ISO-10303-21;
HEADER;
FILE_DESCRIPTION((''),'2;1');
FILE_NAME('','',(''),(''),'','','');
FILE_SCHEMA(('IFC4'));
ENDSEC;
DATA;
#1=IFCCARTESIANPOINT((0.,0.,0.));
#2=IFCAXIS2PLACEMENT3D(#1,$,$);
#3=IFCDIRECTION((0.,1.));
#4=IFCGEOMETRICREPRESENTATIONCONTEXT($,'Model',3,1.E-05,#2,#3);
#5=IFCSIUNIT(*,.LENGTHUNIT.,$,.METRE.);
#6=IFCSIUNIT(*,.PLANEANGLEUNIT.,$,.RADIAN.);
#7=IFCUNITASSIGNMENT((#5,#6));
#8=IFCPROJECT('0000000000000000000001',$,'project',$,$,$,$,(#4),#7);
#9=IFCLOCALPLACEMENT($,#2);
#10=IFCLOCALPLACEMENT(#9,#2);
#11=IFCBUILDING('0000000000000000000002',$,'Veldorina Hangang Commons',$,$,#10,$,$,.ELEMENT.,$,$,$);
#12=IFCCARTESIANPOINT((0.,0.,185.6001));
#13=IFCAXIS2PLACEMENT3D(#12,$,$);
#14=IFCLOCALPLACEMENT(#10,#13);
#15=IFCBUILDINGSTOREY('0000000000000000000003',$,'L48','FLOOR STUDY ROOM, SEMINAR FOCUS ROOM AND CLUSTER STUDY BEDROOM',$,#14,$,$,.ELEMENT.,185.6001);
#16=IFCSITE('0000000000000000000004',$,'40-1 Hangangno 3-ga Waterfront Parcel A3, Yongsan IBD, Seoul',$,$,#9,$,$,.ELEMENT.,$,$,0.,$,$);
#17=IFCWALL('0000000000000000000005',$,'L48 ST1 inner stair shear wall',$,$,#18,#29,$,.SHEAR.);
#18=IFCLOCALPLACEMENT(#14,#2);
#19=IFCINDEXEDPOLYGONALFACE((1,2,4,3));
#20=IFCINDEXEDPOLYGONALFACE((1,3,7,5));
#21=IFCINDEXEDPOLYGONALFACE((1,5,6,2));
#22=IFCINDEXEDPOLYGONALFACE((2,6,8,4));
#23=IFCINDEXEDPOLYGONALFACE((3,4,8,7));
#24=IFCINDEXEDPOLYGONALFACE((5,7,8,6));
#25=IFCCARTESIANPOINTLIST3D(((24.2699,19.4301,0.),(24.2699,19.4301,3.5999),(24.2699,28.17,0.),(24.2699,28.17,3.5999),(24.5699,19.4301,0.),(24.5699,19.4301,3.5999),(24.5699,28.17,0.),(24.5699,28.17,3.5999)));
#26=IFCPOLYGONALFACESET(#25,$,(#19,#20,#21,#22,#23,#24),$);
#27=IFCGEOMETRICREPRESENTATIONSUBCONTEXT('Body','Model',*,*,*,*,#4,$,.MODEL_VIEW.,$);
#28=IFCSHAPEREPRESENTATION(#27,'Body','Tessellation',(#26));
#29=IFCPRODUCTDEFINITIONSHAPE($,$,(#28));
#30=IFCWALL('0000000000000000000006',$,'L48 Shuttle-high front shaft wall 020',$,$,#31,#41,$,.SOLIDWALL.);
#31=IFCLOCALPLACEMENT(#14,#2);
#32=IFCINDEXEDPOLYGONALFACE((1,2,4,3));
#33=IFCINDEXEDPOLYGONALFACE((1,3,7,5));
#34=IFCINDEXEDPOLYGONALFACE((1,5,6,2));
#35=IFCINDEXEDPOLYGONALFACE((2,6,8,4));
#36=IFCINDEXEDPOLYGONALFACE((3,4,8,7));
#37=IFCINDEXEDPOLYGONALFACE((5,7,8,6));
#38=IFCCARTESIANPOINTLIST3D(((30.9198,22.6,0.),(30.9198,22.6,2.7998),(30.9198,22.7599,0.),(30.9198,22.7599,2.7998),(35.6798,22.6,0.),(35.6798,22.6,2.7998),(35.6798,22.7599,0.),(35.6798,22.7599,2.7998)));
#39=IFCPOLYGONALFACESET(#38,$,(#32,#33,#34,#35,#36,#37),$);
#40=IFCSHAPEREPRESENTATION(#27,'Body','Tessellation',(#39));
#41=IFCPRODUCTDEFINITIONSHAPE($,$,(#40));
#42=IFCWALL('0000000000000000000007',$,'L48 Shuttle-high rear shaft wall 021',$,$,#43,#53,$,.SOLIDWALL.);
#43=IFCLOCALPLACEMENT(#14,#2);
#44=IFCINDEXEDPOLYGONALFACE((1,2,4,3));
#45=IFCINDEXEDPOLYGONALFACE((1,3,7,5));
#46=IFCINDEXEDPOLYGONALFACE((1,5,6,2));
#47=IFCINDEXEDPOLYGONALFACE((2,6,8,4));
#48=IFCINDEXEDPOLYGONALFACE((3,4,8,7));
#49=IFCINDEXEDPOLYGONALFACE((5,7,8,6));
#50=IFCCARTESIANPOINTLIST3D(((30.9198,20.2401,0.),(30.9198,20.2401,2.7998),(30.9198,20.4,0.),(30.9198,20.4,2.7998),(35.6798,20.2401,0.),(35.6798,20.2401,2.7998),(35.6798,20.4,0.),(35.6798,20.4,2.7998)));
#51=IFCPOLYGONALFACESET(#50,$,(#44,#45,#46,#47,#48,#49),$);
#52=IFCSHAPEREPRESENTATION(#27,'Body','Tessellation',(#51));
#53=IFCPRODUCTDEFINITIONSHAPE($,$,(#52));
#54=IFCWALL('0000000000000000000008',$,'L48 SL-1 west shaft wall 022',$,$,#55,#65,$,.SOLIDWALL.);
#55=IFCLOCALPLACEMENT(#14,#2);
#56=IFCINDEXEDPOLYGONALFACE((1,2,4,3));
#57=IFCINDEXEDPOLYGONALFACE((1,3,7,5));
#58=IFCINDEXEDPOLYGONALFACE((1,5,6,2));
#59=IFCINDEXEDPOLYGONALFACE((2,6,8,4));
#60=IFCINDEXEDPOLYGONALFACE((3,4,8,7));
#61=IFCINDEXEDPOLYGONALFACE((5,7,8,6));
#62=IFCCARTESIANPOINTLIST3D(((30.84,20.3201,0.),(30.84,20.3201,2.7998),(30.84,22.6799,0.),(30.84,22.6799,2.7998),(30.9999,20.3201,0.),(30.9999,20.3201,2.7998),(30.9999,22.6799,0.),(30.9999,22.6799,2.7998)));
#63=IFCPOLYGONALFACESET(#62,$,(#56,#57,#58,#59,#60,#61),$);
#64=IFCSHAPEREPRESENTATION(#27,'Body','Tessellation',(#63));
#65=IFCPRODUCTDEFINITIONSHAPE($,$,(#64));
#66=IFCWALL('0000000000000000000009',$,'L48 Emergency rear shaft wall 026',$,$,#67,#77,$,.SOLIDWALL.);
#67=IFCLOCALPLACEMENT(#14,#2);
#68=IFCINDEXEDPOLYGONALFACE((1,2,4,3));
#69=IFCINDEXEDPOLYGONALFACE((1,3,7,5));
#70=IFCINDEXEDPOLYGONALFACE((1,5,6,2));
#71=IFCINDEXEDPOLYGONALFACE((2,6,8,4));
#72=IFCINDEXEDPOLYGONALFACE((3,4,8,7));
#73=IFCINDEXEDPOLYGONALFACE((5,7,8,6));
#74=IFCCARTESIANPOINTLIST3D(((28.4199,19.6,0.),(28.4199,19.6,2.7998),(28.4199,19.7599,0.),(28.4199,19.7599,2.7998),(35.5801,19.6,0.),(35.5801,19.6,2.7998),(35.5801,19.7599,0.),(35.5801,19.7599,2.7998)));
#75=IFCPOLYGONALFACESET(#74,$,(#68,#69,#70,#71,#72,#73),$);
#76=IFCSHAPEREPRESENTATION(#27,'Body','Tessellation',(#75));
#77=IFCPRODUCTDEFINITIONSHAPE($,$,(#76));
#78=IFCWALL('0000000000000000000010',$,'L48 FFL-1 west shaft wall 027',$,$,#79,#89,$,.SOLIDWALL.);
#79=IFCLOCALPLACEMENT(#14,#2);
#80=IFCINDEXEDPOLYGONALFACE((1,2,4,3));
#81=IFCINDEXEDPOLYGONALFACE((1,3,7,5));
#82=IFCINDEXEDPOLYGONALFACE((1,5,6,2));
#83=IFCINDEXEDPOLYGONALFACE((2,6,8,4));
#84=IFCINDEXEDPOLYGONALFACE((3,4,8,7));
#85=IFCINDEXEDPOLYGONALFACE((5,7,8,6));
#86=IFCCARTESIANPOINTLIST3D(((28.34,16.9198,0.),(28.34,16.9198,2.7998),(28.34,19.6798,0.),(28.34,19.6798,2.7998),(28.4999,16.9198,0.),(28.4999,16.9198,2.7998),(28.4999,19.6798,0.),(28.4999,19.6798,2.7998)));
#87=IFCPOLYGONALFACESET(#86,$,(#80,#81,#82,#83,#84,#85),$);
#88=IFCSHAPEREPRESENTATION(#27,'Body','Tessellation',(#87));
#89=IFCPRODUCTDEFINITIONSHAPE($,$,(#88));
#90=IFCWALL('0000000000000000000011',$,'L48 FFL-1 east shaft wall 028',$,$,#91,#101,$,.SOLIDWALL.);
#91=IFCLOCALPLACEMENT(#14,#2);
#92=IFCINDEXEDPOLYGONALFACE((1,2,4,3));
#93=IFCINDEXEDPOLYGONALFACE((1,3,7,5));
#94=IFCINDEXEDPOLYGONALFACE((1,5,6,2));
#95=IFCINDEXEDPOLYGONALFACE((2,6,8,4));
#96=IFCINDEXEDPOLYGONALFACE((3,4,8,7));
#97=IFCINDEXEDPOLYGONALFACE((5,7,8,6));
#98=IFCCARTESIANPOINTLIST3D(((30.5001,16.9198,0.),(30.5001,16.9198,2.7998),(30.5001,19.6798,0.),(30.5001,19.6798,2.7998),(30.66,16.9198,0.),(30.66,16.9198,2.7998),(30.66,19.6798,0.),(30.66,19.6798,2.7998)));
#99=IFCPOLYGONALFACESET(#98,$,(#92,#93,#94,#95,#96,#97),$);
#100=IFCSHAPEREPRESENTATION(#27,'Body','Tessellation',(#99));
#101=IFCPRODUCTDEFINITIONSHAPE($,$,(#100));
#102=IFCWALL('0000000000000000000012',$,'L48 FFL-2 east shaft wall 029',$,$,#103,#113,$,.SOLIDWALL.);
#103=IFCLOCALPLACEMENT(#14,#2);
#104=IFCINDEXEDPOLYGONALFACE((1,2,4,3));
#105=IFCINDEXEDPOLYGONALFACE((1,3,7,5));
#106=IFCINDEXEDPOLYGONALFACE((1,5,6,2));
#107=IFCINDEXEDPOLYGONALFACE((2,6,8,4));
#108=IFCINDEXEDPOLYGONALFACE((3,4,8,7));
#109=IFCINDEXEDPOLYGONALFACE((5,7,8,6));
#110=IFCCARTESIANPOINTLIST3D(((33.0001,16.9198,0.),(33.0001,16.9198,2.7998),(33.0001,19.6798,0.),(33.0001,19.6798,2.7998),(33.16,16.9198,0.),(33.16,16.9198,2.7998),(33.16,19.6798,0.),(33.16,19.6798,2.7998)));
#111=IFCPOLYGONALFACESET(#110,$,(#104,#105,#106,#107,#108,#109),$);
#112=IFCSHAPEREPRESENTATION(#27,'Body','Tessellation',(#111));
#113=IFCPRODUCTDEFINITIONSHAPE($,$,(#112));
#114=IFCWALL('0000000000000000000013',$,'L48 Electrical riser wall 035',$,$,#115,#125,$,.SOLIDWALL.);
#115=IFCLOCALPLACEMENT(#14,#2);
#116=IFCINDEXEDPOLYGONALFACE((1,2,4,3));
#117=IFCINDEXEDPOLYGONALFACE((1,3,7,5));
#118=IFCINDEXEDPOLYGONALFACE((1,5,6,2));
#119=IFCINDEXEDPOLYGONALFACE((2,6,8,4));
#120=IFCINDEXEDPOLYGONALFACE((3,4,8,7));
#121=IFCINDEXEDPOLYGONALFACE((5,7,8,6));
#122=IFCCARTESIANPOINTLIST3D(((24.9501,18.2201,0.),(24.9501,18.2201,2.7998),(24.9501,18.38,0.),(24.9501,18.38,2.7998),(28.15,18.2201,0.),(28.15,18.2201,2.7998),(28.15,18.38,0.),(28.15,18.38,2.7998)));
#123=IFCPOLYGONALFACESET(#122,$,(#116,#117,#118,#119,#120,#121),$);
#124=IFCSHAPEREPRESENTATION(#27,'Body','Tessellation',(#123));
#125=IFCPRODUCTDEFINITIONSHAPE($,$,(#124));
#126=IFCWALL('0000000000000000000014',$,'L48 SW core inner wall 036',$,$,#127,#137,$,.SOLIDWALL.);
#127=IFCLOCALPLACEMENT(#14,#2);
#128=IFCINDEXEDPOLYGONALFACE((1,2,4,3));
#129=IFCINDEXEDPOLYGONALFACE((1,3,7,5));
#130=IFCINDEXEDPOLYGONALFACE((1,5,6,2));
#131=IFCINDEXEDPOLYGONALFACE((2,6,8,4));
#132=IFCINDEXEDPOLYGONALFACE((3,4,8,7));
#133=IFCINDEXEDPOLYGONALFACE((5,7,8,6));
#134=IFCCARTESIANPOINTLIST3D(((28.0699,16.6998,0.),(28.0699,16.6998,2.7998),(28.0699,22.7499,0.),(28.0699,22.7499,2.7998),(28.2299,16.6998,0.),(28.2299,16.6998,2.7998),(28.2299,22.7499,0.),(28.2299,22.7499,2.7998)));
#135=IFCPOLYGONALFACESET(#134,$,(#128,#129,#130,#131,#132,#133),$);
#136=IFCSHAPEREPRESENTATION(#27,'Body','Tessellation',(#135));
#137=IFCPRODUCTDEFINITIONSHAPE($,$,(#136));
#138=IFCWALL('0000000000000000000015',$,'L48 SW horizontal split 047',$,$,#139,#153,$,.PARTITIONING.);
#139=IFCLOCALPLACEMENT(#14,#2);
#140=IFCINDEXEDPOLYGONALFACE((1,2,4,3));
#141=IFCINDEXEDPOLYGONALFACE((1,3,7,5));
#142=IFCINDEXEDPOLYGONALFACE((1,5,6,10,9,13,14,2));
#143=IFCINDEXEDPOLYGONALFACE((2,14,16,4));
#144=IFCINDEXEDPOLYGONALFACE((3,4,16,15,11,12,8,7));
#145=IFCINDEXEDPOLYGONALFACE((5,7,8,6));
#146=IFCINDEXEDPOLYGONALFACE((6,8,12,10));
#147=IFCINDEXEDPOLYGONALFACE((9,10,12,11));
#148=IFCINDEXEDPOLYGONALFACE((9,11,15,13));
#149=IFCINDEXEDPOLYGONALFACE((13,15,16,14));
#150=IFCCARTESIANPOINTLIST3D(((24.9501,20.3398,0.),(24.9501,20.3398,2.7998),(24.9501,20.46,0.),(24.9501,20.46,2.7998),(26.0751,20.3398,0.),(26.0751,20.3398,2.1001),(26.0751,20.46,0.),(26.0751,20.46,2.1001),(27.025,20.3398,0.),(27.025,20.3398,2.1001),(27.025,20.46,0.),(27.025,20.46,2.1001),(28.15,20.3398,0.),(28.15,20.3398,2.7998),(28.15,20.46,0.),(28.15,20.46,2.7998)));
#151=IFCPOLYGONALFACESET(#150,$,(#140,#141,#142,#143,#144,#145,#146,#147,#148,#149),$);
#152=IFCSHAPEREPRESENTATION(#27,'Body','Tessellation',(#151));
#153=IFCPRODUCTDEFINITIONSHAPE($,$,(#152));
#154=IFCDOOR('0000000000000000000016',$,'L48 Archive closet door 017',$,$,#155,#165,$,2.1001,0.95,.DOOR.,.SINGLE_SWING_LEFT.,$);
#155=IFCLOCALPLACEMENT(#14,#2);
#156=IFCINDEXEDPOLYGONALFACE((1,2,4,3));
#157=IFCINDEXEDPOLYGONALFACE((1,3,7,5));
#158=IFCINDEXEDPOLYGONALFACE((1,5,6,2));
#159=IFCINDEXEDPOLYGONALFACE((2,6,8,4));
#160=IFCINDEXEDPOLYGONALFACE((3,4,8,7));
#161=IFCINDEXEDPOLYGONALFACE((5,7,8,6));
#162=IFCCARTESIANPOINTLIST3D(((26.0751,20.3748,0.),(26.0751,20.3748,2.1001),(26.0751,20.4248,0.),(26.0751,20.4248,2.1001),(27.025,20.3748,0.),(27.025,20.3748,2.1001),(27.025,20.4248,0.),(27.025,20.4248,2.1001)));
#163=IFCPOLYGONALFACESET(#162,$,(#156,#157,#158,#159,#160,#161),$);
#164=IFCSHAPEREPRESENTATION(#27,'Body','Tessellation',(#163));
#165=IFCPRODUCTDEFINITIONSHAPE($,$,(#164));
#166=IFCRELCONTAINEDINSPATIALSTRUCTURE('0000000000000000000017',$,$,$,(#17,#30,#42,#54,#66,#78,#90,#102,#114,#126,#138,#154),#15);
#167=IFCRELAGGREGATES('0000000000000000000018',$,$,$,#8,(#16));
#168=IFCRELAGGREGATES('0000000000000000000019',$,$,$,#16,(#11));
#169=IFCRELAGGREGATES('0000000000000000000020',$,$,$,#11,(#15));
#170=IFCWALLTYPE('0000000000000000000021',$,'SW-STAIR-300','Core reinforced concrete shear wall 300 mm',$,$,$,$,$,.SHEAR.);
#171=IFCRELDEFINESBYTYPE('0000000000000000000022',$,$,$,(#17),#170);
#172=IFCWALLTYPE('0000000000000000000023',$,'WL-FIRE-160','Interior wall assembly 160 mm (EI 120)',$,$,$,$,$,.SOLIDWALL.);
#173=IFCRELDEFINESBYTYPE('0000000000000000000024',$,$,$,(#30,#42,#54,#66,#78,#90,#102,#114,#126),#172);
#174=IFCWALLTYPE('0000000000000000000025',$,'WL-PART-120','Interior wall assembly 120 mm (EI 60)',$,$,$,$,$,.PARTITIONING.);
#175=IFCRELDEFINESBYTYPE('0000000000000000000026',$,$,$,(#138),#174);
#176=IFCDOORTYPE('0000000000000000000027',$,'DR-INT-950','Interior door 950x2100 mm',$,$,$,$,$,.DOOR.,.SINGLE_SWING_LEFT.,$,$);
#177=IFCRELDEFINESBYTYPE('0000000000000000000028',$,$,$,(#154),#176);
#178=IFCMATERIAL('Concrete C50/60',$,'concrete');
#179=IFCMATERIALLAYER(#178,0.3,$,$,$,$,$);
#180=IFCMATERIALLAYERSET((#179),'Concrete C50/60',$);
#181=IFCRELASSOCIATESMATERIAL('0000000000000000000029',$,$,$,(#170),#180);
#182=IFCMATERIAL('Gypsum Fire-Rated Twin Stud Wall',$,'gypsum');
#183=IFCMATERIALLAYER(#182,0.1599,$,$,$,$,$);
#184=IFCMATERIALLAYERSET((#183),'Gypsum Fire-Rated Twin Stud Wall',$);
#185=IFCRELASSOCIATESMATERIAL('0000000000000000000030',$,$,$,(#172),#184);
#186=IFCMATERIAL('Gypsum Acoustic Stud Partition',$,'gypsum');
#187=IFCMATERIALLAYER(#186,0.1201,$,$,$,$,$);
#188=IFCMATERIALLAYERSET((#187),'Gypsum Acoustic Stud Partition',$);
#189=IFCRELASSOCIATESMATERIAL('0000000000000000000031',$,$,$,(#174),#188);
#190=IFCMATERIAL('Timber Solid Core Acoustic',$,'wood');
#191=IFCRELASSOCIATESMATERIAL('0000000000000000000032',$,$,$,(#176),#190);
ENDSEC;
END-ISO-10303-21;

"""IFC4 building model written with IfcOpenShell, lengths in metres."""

from ifc_helpers import new_model, si_unit, direction, frame, frame_2d, origin, place, context, subcontext, project, spatial, rectangle, extrude, material, layer, layer_set, type_object, element, fill, save


model = new_model("IFC4")

# Units and contexts
model_context = context("Model", 3, precision=1e-05, world=origin(), true_north=direction((0.0, 1.0)))
body_context = subcontext(model_context, "Body", "Model", "MODEL_VIEW")
ifc_project = project(units=[si_unit("LENGTHUNIT", "METRE"), si_unit("PLANEANGLEUNIT", "RADIAN")], contexts=[model_context])

# Site, building, storey
site_placement = place(None, origin())
site = spatial("IfcSite", under=ifc_project, at=site_placement, Name="40-1 Hangangno 3-ga Waterfront Parcel A3, Yongsan IBD, Seoul", CompositionType="ELEMENT", RefElevation=0.0)
building_placement = place(site_placement, origin())
building = spatial("IfcBuilding", under=site, at=building_placement, Name="Veldorina Hangang Commons", CompositionType="ELEMENT")
storey_placement = place(building_placement, frame((0.0, 0.0, 185.6001)))
storey = spatial("IfcBuildingStorey", under=building, at=storey_placement, Name="L48", Description="FLOOR STUDY ROOM, SEMINAR FOCUS ROOM AND CLUSTER STUDY BEDROOM", CompositionType="ELEMENT", Elevation=185.6001)

# Walls
ifc_material_1 = material(Name="Concrete C50/60", Category="concrete")
ifc_layer_1 = layer(ifc_material_1, 0.3)
ifc_layer_set_1 = layer_set([ifc_layer_1], Name="Concrete C50/60")
wall_type_1 = type_object("IfcWallType", Name="SW-STAIR-300", Description="Core reinforced concrete shear wall 300 mm", PredefinedType="SHEAR", material=ifc_layer_set_1)
wall_1_placement = place(storey_placement, frame((24.4199, 19.4299, 0.0), z_axis=(0.0, 0.0, 1.0), x_axis=(0.0, 1.0, 0.0)))
element("IfcWall", 1, at=wall_1_placement, inside=storey, type_object=wall_type_1, Name="L48 ST1 inner stair shear wall", PredefinedType="SHEAR", context=body_context, shape_type="SweptSolid", body=[
    extrude(rectangle(XDim=8.74, YDim=0.3, at=frame_2d((4.3701, 0.0))), origin(), (0.0, 0.0, 1.0), 3.5999),
])
ifc_material_2 = material(Name="Gypsum Fire-Rated Twin Stud Wall", Category="gypsum")
ifc_layer_2 = layer(ifc_material_2, 0.1599)
ifc_layer_set_2 = layer_set([ifc_layer_2], Name="Gypsum Fire-Rated Twin Stud Wall")
wall_type_2 = type_object("IfcWallType", Name="WL-FIRE-160", Description="Interior wall assembly 160 mm (EI 120)", PredefinedType="SOLIDWALL", material=ifc_layer_set_2)
for number, where, z_axis, x_axis, name in (
    (2, (30.9199, 22.6799, 0.0), (0.0, 0.0, 1.0), (1.0, 0.0, 0.0), "L48 Shuttle-high front shaft wall 020"),
    (3, (30.9199, 20.3201, 0.0), (0.0, 0.0, 1.0), (1.0, 0.0, 0.0), "L48 Shuttle-high rear shaft wall 021"),
):
    element("IfcWall", number, at=place(storey_placement, frame(where, z_axis=z_axis, x_axis=x_axis)), inside=storey, type_object=wall_type_2, Name=name, PredefinedType="SOLIDWALL", context=body_context, shape_type="SweptSolid", body=[
        extrude(rectangle(XDim=4.76, YDim=0.1599, at=frame_2d((2.3799, 0.0))), origin(), (0.0, 0.0, 1.0), 2.7998),
    ])
wall_2_placement = place(storey_placement, frame((30.9199, 20.3201, 0.0), z_axis=(0.0, 0.0, 1.0), x_axis=(0.0, 1.0, 0.0)))
element("IfcWall", 4, at=wall_2_placement, inside=storey, type_object=wall_type_2, Name="L48 SL-1 west shaft wall 022", PredefinedType="SOLIDWALL", context=body_context, shape_type="SweptSolid", body=[
    extrude(rectangle(XDim=2.3599, YDim=0.1599, at=frame_2d((1.1799, 0.0))), origin(), (0.0, 0.0, 1.0), 2.7998),
])

# Walls
wall_3_placement = place(storey_placement, frame((28.4199, 19.6799, 0.0), z_axis=(0.0, 0.0, 1.0), x_axis=(1.0, 0.0, 0.0)))
element("IfcWall", 5, at=wall_3_placement, inside=storey, type_object=wall_type_2, Name="L48 Emergency rear shaft wall 026", PredefinedType="SOLIDWALL", context=body_context, shape_type="SweptSolid", body=[
    extrude(rectangle(XDim=7.1602, YDim=0.1599, at=frame_2d((3.5801, 0.0))), origin(), (0.0, 0.0, 1.0), 2.7998),
])
for number, where, z_axis, x_axis, name in (
    (6, (28.4199, 16.9199, 0.0), (0.0, 0.0, 1.0), (0.0, 1.0, 0.0), "L48 FFL-1 west shaft wall 027"),
    (7, (30.5801, 16.9199, 0.0), (0.0, 0.0, 1.0), (0.0, 1.0, 0.0), "L48 FFL-1 east shaft wall 028"),
    (8, (33.0801, 16.9199, 0.0), (0.0, 0.0, 1.0), (0.0, 1.0, 0.0), "L48 FFL-2 east shaft wall 029"),
):
    element("IfcWall", number, at=place(storey_placement, frame(where, z_axis=z_axis, x_axis=x_axis)), inside=storey, type_object=wall_type_2, Name=name, PredefinedType="SOLIDWALL", context=body_context, shape_type="SweptSolid", body=[
        extrude(rectangle(XDim=2.76, YDim=0.1599, at=frame_2d((1.3799, 0.0))), origin(), (0.0, 0.0, 1.0), 2.7998),
    ])
wall_4_placement = place(storey_placement, frame((24.95, 18.3, 0.0), z_axis=(0.0, 0.0, 1.0), x_axis=(1.0, 0.0, 0.0)))
element("IfcWall", 9, at=wall_4_placement, inside=storey, type_object=wall_type_2, Name="L48 Electrical riser wall 035", PredefinedType="SOLIDWALL", context=body_context, shape_type="SweptSolid", body=[
    extrude(rectangle(XDim=3.2, YDim=0.1599, at=frame_2d((1.6001, 0.0))), origin(), (0.0, 0.0, 1.0), 2.7998),
])
wall_5_placement = place(storey_placement, frame((28.1499, 16.7, 0.0), z_axis=(0.0, 0.0, 1.0), x_axis=(0.0, 1.0, 0.0)))
element("IfcWall", 10, at=wall_5_placement, inside=storey, type_object=wall_type_2, Name="L48 SW core inner wall 036", PredefinedType="SOLIDWALL", context=body_context, shape_type="SweptSolid", body=[
    extrude(rectangle(XDim=6.05, YDim=0.1599, at=frame_2d((3.0249, 0.0))), origin(), (0.0, 0.0, 1.0), 2.7998),
])

# Wall, opening, door
ifc_material_3 = material(Name="Gypsum Acoustic Stud Partition", Category="gypsum")
ifc_layer_3 = layer(ifc_material_3, 0.1201)
ifc_layer_set_3 = layer_set([ifc_layer_3], Name="Gypsum Acoustic Stud Partition")
wall_type_3 = type_object("IfcWallType", Name="WL-PART-120", Description="Interior wall assembly 120 mm (EI 60)", PredefinedType="PARTITIONING", material=ifc_layer_set_3)
wall_6_placement = place(storey_placement, frame((24.95, 20.3999, 0.0), z_axis=(0.0, 0.0, 1.0), x_axis=(1.0, 0.0, 0.0)))
wall_6 = element("IfcWall", 11, at=wall_6_placement, inside=storey, type_object=wall_type_3, Name="L48 SW horizontal split 047", PredefinedType="PARTITIONING", context=body_context, shape_type="SweptSolid", body=[
    extrude(rectangle(XDim=3.2, YDim=0.1201, at=frame_2d((1.6001, 0.0))), origin(), (0.0, 0.0, 1.0), 2.7998),
])
opening_1_placement = place(wall_6_placement, frame((1.125, 0.0, 0.0)))
opening_1 = element("IfcOpeningElement", 12, at=opening_1_placement, cuts=wall_6, PredefinedType="OPENING", context=body_context, shape_type="SweptSolid", body=[
    extrude(rectangle(XDim=0.95, YDim=2.1001, at=frame_2d((0.4751, 1.05))), frame((0.0, 0.0701, 0.0), z_axis=(0.0, -1.0, 0.0), x_axis=(1.0, 0.0, 0.0)), (0.0, 0.0, 1.0), 0.1401),
])
ifc_material_4 = material(Name="Timber Solid Core Acoustic", Category="wood")
door_type_1 = type_object("IfcDoorType", Name="DR-INT-950", Description="Interior door 950x2100 mm", OperationType="SINGLE_SWING_LEFT", PredefinedType="DOOR", material=ifc_material_4)
door_1_placement = place(opening_1_placement, origin())
door_1 = element("IfcDoor", 13, at=door_1_placement, inside=storey, type_object=door_type_1, Name="L48 Archive closet door 017", OperationType="SINGLE_SWING_LEFT", OverallHeight=2.1001, OverallWidth=0.95, PredefinedType="DOOR", context=body_context, shape_type="SweptSolid", body=[
    extrude(rectangle(XDim=0.95, YDim=2.1001, at=frame_2d((0.4751, 1.05))), frame((0.0, 0.0249, 0.0), z_axis=(0.0, -1.0, 0.0), x_axis=(1.0, 0.0, 0.0)), (0.0, 0.0, 1.0), 0.05),
])
fill(opening_1, door_1)

save(model, "model.ifc")
